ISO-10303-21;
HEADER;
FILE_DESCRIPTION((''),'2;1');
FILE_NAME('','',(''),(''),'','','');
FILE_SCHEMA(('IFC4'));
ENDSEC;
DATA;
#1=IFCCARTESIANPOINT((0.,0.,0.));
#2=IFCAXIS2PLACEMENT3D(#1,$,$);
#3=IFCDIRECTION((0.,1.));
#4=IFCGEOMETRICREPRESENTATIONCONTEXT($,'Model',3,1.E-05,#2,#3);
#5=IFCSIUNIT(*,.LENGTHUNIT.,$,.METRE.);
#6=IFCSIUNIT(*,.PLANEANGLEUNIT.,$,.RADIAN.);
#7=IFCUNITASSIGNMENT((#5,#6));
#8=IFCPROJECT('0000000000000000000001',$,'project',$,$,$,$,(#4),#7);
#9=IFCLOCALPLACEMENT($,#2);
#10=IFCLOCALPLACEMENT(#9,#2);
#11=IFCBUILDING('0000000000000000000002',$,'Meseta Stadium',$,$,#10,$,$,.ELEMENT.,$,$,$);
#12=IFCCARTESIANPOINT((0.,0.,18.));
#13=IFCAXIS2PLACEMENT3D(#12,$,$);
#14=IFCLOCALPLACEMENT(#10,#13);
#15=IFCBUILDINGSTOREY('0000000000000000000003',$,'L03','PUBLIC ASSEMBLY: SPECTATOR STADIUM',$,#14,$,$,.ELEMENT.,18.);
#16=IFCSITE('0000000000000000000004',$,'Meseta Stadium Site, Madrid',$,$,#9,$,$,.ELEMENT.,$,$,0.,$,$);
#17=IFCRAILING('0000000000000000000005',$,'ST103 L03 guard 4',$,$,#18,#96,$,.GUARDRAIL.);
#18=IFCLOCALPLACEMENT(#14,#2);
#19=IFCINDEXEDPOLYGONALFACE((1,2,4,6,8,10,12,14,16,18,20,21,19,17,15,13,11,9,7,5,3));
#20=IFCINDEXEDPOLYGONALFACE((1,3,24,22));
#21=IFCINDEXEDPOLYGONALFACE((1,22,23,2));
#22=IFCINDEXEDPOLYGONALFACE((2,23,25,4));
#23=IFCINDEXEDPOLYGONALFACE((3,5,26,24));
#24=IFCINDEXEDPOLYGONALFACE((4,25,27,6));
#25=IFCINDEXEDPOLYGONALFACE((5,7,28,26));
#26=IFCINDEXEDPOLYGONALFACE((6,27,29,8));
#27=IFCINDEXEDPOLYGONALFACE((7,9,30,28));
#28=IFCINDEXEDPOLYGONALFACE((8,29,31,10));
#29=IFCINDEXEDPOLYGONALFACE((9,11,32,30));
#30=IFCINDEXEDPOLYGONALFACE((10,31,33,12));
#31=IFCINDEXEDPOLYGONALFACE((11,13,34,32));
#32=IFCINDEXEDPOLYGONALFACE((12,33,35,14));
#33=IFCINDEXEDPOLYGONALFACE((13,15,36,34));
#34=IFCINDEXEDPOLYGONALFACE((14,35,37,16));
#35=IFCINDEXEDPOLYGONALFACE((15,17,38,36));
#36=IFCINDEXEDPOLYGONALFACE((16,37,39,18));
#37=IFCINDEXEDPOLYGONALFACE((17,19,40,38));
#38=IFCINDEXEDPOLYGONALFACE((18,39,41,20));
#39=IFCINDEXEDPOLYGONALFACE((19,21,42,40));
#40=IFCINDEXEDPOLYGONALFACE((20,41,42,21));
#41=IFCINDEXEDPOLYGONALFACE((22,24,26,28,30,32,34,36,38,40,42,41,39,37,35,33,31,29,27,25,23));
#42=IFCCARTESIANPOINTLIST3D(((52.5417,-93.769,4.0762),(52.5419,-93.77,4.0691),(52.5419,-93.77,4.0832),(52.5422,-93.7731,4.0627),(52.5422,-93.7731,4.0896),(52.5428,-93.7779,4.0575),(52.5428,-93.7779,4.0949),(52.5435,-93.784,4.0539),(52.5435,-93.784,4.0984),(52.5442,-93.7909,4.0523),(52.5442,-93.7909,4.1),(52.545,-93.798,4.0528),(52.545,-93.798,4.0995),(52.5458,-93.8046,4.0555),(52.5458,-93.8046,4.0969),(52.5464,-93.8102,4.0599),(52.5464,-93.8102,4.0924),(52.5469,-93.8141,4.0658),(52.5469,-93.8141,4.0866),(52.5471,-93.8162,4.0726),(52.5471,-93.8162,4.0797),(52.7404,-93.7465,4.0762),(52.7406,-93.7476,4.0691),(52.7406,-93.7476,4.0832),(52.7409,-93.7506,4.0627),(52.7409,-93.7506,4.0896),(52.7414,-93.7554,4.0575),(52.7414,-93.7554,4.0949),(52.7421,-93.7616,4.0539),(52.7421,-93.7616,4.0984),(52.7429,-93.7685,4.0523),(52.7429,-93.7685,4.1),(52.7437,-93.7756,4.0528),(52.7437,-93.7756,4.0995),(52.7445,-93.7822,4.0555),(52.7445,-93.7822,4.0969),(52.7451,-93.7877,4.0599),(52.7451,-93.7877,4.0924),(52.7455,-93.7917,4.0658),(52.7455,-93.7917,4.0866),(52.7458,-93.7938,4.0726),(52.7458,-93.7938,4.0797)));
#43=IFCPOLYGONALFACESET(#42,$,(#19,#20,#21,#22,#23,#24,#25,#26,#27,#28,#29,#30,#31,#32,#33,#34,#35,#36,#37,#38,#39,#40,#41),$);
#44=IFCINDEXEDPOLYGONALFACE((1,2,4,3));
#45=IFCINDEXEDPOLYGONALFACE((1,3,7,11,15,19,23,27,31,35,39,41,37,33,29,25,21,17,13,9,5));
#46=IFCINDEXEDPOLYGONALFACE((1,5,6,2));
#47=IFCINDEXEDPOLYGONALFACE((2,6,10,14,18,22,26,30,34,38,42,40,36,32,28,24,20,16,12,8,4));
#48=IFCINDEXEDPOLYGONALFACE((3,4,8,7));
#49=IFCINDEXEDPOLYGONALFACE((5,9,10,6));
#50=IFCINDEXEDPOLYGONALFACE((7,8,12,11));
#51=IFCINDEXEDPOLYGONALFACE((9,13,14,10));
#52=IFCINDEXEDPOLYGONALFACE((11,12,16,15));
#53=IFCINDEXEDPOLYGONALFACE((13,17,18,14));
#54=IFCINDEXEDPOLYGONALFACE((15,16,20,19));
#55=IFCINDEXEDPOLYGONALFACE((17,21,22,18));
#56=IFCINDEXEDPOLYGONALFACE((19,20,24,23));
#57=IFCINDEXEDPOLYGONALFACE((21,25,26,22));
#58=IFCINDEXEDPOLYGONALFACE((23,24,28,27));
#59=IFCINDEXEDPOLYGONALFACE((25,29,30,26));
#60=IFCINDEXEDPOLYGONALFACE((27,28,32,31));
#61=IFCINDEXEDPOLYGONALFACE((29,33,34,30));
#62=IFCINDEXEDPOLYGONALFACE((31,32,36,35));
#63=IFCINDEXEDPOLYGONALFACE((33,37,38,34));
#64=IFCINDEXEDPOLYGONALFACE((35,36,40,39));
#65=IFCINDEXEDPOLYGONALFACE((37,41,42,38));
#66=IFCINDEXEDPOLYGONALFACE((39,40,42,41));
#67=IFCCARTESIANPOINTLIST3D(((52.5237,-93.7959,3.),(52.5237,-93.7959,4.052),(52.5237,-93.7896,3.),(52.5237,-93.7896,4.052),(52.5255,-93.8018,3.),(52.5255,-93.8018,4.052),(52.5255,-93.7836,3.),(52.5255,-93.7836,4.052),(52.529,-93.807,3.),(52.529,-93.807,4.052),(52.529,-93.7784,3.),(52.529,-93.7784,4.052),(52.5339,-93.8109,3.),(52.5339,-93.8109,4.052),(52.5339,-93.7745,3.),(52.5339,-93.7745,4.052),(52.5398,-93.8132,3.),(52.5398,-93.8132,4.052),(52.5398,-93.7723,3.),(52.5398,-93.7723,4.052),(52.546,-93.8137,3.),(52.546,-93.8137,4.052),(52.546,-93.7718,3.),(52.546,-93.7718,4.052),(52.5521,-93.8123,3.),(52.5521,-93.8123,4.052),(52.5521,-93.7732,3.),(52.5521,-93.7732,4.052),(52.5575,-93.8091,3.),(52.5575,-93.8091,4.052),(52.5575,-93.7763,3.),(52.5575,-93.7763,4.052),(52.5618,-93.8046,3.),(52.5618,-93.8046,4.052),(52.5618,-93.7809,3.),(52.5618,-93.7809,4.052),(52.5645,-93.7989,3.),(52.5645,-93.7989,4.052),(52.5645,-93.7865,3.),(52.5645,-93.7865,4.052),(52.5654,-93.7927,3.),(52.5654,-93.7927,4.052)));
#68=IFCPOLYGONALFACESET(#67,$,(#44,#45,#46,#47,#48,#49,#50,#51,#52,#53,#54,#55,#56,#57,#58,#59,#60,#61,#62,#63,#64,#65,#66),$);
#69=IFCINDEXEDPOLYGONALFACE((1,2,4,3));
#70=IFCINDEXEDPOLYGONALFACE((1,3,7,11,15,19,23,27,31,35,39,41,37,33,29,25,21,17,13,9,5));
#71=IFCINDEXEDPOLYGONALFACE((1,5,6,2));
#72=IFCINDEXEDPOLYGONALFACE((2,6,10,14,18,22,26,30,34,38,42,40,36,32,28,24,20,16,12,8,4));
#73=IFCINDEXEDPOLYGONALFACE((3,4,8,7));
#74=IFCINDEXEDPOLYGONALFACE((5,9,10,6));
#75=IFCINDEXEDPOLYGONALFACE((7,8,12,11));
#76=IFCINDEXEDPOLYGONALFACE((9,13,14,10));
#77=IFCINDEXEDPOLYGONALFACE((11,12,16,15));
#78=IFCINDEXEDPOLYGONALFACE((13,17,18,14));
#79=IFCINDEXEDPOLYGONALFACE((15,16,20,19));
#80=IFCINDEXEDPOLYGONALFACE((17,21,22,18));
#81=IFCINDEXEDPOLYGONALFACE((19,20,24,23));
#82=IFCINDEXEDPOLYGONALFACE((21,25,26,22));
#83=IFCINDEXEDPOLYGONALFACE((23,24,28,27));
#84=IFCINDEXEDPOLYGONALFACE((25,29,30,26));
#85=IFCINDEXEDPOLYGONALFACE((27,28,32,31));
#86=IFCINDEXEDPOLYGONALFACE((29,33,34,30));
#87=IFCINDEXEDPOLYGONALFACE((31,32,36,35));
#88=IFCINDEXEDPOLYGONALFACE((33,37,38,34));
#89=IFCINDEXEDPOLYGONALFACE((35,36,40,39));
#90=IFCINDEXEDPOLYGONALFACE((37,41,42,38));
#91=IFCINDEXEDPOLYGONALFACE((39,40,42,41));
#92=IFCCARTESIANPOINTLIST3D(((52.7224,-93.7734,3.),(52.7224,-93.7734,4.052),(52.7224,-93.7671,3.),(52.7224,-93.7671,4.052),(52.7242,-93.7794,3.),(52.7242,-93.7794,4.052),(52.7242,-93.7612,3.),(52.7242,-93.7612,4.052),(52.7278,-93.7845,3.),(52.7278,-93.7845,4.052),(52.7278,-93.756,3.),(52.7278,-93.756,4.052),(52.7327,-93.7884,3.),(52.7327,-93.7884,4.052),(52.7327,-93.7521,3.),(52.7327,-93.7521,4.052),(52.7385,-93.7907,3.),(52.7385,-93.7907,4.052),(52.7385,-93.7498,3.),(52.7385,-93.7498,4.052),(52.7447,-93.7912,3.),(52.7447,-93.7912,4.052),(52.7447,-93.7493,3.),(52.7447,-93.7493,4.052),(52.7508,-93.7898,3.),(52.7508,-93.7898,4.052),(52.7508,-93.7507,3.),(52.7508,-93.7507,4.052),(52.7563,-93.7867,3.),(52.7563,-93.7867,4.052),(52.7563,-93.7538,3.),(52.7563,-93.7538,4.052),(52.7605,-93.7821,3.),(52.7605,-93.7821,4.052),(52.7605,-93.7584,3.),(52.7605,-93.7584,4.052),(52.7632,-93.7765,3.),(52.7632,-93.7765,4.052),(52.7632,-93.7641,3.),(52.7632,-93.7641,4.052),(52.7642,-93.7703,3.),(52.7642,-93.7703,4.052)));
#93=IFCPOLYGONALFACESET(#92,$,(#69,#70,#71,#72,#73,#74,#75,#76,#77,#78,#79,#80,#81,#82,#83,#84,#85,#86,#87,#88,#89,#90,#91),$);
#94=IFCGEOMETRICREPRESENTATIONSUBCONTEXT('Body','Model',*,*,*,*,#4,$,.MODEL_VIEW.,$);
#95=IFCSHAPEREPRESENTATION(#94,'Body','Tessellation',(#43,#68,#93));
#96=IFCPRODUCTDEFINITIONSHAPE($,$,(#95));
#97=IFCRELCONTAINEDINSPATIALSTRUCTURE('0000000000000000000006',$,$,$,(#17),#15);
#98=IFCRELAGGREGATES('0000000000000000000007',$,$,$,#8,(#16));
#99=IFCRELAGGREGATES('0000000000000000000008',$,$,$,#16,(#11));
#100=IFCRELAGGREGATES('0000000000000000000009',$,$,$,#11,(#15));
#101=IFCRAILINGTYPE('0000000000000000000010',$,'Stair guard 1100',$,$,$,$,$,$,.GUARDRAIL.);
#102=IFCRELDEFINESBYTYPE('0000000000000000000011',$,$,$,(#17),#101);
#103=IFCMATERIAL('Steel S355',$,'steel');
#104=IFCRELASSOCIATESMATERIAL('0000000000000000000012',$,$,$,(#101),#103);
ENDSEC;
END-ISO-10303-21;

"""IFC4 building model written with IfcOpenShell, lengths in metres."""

from ifc_helpers import new_model, si_unit, direction, frame, origin, origin_2d, place, context, subcontext, project, spatial, circle, extrude, material, type_object, element, save


model = new_model("IFC4")

# Units and contexts
model_context = context("Model", 3, precision=1e-05, world=origin(), true_north=direction((0.0, 1.0)))
body_context = subcontext(model_context, "Body", "Model", "MODEL_VIEW")
ifc_project = project(units=[si_unit("LENGTHUNIT", "METRE"), si_unit("PLANEANGLEUNIT", "RADIAN")], contexts=[model_context])

# Site, building, storey
site_placement = place(None, origin())
site = spatial("IfcSite", under=ifc_project, at=site_placement, Name="Meseta Stadium Site, Madrid", CompositionType="ELEMENT", RefElevation=0.0)
building_placement = place(site_placement, origin())
building = spatial("IfcBuilding", under=site, at=building_placement, Name="Meseta Stadium", CompositionType="ELEMENT")
storey_placement = place(building_placement, frame((0.0, 0.0, 18.0)))
storey = spatial("IfcBuildingStorey", under=building, at=storey_placement, Name="L03", Description="PUBLIC ASSEMBLY: SPECTATOR STADIUM", CompositionType="ELEMENT", Elevation=18.0)

# Railing
ifc_material_1 = material(Name="Steel S355", Category="steel")
railing_type_1 = type_object("IfcRailingType", Name="Stair guard 1100", PredefinedType="GUARDRAIL", material=ifc_material_1)
railing_1_placement = place(storey_placement, frame((52.5444, -93.7927, 3.0)))
element("IfcRailing", 1, at=railing_1_placement, inside=storey, type_object=railing_type_1, Name="ST103 L03 guard 4", PredefinedType="GUARDRAIL", context=body_context, shape_type="SweptSolid", body=[
    extrude(circle(Radius=0.0239, at=origin_2d()), frame((0.0, 0.0, 1.0762), z_axis=(0.993674, 0.112307, 0.0), x_axis=(-0.112307, 0.993674, 0.0)), (0.0, 0.0, 1.0), 0.2),
    extrude(circle(Radius=0.021, at=origin_2d()), origin(), (0.0, 0.0, 1.0), 1.052),
    extrude(circle(Radius=0.021, at=origin_2d()), frame((0.1987, 0.0225, 0.0)), (0.0, 0.0, 1.0), 1.052),
])

save(model, "model.ifc")
